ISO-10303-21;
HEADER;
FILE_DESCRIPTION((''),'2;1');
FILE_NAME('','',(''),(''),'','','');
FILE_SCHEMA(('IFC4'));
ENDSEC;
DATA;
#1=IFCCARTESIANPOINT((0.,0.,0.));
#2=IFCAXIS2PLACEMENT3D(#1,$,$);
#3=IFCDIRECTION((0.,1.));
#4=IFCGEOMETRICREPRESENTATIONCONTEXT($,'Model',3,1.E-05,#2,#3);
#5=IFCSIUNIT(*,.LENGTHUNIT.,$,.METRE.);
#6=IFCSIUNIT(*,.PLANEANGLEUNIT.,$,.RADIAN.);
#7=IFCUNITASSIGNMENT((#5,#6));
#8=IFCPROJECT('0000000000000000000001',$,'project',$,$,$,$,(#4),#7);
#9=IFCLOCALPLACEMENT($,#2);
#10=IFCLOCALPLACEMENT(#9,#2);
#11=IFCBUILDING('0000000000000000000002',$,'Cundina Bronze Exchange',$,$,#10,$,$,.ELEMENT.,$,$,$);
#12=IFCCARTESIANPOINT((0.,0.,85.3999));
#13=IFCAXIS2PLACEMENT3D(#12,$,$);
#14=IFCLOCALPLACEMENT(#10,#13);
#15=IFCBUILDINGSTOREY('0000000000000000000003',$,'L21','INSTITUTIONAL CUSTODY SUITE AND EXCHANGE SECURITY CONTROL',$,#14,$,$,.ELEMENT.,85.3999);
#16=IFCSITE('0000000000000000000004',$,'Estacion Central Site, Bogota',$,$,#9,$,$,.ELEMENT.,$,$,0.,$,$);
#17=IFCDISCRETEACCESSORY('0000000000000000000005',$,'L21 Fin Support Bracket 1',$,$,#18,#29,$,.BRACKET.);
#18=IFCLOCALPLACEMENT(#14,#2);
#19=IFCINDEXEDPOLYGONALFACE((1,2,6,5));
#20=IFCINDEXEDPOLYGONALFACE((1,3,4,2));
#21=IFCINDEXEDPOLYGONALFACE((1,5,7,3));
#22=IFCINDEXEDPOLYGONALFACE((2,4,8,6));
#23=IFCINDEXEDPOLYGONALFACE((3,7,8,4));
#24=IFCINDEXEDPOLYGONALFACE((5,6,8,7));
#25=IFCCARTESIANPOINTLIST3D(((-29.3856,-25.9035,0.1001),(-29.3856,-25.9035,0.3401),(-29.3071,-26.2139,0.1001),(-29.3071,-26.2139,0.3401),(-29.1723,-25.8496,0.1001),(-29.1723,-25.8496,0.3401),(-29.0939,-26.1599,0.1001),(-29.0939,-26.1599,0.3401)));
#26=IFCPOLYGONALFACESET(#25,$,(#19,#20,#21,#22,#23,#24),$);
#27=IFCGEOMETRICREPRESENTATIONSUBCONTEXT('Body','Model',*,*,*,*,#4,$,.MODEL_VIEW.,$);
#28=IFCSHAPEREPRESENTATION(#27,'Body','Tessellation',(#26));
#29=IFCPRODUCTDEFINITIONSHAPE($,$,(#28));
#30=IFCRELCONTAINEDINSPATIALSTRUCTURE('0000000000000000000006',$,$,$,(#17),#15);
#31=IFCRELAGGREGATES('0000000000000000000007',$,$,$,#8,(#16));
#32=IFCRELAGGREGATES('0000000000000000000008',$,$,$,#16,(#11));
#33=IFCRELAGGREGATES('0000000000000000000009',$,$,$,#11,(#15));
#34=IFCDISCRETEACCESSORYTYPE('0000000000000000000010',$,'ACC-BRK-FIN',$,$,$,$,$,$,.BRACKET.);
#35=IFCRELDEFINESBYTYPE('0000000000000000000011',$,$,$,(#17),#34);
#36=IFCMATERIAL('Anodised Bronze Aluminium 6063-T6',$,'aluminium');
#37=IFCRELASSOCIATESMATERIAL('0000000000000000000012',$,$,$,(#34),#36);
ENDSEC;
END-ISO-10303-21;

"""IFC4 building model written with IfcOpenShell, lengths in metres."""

from ifc_helpers import new_model, si_unit, direction, frame, origin, origin_2d, place, context, subcontext, project, spatial, rectangle, extrude, material, type_object, element, save


model = new_model("IFC4")

# Units and contexts
model_context = context("Model", 3, precision=1e-05, world=origin(), true_north=direction((0.0, 1.0)))
body_context = subcontext(model_context, "Body", "Model", "MODEL_VIEW")
ifc_project = project(units=[si_unit("LENGTHUNIT", "METRE"), si_unit("PLANEANGLEUNIT", "RADIAN")], contexts=[model_context])

# Site, building, storey
site_placement = place(None, origin())
site = spatial("IfcSite", under=ifc_project, at=site_placement, Name="Estacion Central Site, Bogota", CompositionType="ELEMENT", RefElevation=0.0)
building_placement = place(site_placement, origin())
building = spatial("IfcBuilding", under=site, at=building_placement, Name="Cundina Bronze Exchange", CompositionType="ELEMENT")
storey_placement = place(building_placement, frame((0.0, 0.0, 85.3999)))
storey = spatial("IfcBuildingStorey", under=building, at=storey_placement, Name="L21", Description="INSTITUTIONAL CUSTODY SUITE AND EXCHANGE SECURITY CONTROL", CompositionType="ELEMENT", Elevation=85.3999)

# Shared definitions
ifc_material_1 = material(Name="Anodised Bronze Aluminium 6063-T6", Category="aluminium")

# Discrete accessory
discrete_accessory_type = type_object("IfcDiscreteAccessoryType", Name="ACC-BRK-FIN", PredefinedType="BRACKET", material=ifc_material_1)
discrete_accessory_placement = place(storey_placement, frame((-29.2397, -26.0317, 0.1001), z_axis=(0.0, 0.0, 1.0), x_axis=(0.969488, 0.245138, 0.0)))
element("IfcDiscreteAccessory", 1, at=discrete_accessory_placement, inside=storey, type_object=discrete_accessory_type, Name="L21 Fin Support Bracket 1", PredefinedType="BRACKET", context=body_context, shape_type="SweptSolid", body=[
    extrude(rectangle(XDim=0.22, YDim=0.3201, at=origin_2d()), origin(), (0.0, 0.0, 1.0), 0.24),
])

save(model, "model.ifc")
